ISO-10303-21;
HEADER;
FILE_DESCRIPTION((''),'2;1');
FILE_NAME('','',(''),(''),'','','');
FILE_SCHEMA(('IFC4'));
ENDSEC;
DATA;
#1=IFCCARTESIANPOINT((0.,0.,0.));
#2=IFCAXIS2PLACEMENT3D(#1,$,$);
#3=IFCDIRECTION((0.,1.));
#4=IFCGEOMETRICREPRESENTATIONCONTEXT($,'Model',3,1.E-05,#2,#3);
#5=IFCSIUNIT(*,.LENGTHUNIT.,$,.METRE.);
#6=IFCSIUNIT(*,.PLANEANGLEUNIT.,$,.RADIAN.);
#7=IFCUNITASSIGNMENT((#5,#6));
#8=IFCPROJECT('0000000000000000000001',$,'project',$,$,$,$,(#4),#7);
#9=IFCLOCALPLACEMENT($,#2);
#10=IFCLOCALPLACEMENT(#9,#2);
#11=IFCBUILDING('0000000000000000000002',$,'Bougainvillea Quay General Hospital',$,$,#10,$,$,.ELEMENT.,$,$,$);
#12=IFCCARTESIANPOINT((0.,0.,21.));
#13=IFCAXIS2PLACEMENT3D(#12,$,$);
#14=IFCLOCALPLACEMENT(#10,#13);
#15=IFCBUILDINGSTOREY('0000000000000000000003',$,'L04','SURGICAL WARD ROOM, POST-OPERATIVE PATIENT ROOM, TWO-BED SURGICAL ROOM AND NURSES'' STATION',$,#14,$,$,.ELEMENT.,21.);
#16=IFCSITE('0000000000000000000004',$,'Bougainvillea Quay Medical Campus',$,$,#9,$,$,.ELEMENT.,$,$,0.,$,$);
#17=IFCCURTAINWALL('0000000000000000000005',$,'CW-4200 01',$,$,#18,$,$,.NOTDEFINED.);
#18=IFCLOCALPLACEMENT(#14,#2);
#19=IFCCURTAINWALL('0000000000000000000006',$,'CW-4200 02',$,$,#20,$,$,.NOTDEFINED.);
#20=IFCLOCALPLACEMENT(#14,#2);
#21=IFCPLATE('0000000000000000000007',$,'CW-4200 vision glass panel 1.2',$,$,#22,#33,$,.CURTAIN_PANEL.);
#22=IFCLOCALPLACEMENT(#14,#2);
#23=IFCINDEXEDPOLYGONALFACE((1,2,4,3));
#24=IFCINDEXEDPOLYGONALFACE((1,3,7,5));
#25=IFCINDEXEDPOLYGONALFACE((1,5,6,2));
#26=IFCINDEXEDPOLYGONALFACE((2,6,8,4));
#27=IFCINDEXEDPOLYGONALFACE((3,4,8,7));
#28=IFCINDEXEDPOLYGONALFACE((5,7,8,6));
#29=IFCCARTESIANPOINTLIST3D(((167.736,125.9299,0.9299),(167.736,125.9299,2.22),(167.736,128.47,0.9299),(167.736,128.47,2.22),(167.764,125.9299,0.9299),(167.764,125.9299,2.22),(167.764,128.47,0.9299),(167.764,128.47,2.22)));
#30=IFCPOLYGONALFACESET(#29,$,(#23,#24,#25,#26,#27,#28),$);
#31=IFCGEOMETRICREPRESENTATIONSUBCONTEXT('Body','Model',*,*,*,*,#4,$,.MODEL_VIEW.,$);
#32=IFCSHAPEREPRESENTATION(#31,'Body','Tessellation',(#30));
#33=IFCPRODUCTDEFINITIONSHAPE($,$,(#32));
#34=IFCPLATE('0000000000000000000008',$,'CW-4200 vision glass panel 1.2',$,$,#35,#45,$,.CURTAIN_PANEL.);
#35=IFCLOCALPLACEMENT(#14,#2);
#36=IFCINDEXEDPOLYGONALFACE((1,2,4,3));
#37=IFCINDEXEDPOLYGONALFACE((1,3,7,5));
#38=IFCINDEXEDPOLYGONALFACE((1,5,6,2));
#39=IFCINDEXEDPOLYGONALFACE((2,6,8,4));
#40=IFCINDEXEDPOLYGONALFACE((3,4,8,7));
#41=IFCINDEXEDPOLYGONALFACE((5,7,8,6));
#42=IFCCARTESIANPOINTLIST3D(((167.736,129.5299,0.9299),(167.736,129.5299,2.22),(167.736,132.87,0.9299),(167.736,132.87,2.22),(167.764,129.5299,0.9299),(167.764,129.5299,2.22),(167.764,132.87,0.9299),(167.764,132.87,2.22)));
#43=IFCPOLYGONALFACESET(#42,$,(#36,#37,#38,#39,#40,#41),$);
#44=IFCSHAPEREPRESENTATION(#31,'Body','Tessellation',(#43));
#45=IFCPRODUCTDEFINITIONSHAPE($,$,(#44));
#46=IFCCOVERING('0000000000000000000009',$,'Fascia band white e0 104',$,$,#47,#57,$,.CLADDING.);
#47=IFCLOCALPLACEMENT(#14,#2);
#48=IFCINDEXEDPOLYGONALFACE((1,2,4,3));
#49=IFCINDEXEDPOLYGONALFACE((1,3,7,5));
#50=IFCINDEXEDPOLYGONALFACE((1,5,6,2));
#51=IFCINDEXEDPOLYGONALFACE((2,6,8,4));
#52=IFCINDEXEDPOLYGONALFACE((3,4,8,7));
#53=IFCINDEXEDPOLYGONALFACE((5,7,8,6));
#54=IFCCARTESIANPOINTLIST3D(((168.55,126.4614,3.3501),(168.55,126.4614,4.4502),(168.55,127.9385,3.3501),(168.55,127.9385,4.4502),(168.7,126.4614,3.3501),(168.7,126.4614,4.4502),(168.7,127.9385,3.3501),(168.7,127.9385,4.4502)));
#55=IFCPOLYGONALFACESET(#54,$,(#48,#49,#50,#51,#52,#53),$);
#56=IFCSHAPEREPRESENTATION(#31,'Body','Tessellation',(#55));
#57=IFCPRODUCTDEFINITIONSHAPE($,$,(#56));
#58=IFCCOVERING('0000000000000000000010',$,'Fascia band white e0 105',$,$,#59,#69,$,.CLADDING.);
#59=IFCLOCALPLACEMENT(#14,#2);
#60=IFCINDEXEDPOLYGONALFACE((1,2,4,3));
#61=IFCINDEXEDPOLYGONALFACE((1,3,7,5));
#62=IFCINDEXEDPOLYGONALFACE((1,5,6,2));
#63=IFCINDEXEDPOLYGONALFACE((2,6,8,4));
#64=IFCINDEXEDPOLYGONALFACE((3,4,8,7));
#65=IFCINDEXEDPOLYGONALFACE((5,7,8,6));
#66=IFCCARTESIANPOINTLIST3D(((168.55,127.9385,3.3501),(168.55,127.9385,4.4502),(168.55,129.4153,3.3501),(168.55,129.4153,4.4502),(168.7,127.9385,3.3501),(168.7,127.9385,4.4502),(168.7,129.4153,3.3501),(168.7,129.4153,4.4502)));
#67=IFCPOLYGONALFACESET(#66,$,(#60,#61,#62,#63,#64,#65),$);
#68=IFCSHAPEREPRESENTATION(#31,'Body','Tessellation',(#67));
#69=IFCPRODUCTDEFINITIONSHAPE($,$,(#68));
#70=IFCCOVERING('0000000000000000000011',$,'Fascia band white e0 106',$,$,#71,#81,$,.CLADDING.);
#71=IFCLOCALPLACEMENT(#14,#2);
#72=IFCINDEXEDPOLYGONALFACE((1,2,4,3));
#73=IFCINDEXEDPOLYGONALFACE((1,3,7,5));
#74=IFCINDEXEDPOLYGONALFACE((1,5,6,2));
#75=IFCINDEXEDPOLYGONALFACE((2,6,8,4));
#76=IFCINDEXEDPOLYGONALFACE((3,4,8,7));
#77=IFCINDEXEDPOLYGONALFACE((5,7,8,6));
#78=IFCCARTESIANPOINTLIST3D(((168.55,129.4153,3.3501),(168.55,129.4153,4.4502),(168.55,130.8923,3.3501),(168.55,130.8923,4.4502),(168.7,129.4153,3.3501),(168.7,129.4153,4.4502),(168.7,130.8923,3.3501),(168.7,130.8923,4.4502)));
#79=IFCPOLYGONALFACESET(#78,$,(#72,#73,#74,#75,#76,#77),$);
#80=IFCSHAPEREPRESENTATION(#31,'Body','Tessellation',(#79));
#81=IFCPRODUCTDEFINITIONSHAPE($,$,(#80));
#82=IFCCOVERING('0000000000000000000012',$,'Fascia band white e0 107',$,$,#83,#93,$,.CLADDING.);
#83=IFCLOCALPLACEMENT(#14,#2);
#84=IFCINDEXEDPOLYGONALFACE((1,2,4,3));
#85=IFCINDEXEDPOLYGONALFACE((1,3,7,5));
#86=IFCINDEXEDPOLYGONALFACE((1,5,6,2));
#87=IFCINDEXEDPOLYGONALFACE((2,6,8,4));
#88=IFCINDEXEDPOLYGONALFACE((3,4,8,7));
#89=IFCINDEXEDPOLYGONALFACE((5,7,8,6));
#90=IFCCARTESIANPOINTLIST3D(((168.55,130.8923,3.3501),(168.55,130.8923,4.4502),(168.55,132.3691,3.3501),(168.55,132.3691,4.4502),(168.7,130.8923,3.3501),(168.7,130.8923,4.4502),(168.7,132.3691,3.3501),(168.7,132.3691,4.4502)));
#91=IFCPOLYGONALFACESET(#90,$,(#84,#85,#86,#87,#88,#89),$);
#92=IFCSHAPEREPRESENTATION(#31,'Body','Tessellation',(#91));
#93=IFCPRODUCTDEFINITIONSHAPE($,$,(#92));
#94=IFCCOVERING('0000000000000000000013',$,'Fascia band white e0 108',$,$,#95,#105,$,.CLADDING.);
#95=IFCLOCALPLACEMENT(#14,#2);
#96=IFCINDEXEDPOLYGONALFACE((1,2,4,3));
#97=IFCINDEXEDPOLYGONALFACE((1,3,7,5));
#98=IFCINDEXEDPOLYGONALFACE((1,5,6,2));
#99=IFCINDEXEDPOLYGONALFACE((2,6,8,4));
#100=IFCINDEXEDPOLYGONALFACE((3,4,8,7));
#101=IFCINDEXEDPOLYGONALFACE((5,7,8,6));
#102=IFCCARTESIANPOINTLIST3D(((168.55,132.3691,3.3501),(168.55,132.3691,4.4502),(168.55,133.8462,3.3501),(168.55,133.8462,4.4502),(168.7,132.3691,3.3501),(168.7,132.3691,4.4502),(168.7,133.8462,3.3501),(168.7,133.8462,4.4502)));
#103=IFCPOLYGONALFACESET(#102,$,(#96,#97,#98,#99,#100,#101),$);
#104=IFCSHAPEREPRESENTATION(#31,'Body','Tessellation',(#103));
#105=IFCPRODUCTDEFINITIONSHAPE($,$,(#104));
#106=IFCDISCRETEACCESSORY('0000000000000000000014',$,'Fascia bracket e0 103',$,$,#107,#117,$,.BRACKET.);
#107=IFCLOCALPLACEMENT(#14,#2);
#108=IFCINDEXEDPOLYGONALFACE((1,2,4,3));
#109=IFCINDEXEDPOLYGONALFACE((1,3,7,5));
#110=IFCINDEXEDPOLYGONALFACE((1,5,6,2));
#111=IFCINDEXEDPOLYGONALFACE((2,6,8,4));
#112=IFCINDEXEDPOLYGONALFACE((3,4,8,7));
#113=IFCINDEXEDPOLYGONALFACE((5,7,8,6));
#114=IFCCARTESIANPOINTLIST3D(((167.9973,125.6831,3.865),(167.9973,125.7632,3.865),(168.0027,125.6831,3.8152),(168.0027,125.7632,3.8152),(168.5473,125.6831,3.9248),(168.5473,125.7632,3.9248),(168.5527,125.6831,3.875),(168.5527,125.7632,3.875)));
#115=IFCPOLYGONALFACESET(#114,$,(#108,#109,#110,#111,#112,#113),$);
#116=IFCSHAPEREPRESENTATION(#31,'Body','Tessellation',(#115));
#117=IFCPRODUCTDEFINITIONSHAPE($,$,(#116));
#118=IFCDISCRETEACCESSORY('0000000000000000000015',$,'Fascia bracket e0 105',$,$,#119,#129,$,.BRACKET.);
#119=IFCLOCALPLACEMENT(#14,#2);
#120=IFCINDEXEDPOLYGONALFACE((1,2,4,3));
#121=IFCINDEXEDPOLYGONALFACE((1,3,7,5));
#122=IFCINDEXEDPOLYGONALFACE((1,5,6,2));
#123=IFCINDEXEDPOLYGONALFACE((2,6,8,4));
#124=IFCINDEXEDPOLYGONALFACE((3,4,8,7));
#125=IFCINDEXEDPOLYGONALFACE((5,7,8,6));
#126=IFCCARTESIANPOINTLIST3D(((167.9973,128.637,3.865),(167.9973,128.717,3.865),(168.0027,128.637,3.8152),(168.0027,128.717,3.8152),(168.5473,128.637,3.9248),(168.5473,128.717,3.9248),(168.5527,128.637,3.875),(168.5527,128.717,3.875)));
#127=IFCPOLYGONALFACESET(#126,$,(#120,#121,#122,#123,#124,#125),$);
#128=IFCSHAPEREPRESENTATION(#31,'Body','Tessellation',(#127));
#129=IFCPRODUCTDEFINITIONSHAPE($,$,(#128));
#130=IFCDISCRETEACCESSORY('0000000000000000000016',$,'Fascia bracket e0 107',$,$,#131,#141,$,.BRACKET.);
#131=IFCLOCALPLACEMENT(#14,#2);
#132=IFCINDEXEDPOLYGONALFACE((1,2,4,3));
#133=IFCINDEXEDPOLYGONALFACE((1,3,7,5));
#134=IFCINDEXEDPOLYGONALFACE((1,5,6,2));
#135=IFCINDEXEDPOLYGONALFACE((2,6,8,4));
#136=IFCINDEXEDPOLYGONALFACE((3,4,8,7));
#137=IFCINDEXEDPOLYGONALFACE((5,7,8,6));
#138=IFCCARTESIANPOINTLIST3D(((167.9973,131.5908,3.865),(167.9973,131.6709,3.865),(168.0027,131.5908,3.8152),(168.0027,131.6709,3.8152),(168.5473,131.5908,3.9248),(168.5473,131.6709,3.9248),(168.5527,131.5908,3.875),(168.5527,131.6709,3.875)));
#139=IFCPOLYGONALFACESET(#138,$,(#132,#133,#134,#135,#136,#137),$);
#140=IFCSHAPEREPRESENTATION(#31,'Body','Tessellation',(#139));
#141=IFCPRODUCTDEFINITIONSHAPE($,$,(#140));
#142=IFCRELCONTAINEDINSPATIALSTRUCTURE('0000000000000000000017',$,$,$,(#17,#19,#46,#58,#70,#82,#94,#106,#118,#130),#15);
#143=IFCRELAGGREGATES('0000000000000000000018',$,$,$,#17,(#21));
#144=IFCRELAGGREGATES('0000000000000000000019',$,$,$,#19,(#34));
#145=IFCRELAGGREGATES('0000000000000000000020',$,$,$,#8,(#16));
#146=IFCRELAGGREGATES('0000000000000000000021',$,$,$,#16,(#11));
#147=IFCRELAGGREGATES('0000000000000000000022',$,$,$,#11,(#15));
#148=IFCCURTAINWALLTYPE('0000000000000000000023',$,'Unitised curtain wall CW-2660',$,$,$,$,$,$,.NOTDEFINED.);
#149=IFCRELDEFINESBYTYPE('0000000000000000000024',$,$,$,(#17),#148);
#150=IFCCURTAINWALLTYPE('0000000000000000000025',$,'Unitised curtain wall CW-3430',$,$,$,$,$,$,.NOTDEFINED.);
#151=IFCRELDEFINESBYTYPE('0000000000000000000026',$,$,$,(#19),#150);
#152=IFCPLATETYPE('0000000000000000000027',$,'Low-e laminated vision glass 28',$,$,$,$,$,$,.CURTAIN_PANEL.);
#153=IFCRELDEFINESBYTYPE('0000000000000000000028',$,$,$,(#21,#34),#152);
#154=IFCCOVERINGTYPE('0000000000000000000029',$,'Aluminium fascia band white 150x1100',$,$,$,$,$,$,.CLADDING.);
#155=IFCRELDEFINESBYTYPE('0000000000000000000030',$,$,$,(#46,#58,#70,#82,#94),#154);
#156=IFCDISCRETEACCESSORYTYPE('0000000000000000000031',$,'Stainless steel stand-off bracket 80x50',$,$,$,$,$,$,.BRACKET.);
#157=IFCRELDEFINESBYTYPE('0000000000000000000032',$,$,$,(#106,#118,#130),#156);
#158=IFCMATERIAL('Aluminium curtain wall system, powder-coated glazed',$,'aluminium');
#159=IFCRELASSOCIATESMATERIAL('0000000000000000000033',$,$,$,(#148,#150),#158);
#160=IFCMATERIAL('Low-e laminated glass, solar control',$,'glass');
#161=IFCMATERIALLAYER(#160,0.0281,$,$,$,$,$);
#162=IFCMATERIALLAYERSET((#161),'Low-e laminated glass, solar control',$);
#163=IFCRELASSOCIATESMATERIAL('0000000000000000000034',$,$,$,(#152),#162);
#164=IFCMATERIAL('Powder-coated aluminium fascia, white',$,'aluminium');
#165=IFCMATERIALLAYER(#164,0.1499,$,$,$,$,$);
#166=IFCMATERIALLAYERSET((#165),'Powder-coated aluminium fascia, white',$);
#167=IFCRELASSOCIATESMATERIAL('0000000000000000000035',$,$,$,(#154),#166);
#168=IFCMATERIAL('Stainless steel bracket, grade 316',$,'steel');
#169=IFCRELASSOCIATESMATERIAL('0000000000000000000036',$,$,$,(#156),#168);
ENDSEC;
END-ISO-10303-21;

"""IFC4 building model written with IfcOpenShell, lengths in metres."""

from ifc_helpers import new_model, si_unit, direction, frame, origin, origin_2d, place, context, subcontext, project, spatial, polyline, rectangle, outline, extrude, material, layer, layer_set, material_profile, profile_set, type_object, element, aggregate, save


model = new_model("IFC4")

# Units and contexts
model_context = context("Model", 3, precision=1e-05, world=origin(), true_north=direction((0.0, 1.0)))
body_context = subcontext(model_context, "Body", "Model", "MODEL_VIEW")
ifc_project = project(units=[si_unit("LENGTHUNIT", "METRE"), si_unit("PLANEANGLEUNIT", "RADIAN")], contexts=[model_context])

# Site, building, storey
site_placement = place(None, origin())
site = spatial("IfcSite", under=ifc_project, at=site_placement, Name="Bougainvillea Quay Medical Campus", CompositionType="ELEMENT", RefElevation=0.0)
building_placement = place(site_placement, origin())
building = spatial("IfcBuilding", under=site, at=building_placement, Name="Bougainvillea Quay General Hospital", CompositionType="ELEMENT")
storey_placement = place(building_placement, frame((0.0, 0.0, 21.0)))
storey = spatial("IfcBuildingStorey", under=building, at=storey_placement, Name="L04", Description="SURGICAL WARD ROOM, POST-OPERATIVE PATIENT ROOM, TWO-BED SURGICAL ROOM AND NURSES' STATION", CompositionType="ELEMENT", Elevation=21.0)

# Curtain wall
ifc_material_1 = material(Name="Aluminium curtain wall system, powder-coated glazed", Category="aluminium")
curtain_wall_type_1 = type_object("IfcCurtainWallType", Name="Unitised curtain wall CW-2660", PredefinedType="NOTDEFINED", material=ifc_material_1)
curtain_wall_1_placement = place(storey_placement, origin())
curtain_wall_1 = element("IfcCurtainWall", 1, at=curtain_wall_1_placement, inside=storey, type_object=curtain_wall_type_1, Name="CW-4200 01", PredefinedType="NOTDEFINED")

# Curtain wall
curtain_wall_type_2 = type_object("IfcCurtainWallType", Name="Unitised curtain wall CW-3430", PredefinedType="NOTDEFINED", material=ifc_material_1)
curtain_wall_2_placement = place(storey_placement, origin())
curtain_wall_2 = element("IfcCurtainWall", 2, at=curtain_wall_2_placement, inside=storey, type_object=curtain_wall_type_2, Name="CW-4200 02", PredefinedType="NOTDEFINED")

# Plates
ifc_material_2 = material(Name="Low-e laminated glass, solar control", Category="glass")
ifc_layer_1 = layer(ifc_material_2, 0.0281)
ifc_layer_set_1 = layer_set([ifc_layer_1], Name="Low-e laminated glass, solar control")
plate_type_1 = type_object("IfcPlateType", Name="Low-e laminated vision glass 28", PredefinedType="CURTAIN_PANEL", material=ifc_layer_set_1)
plate_1_placement = place(storey_placement, frame((167.75, 127.2, 0.9299), z_axis=(0.0, 0.0, 1.0), x_axis=(0.0, 1.0, 0.0)))
plate_1 = element("IfcPlate", 3, at=plate_1_placement, type_object=plate_type_1, Name="CW-4200 vision glass panel 1.2", PredefinedType="CURTAIN_PANEL", context=body_context, shape_type="SweptSolid", body=[
    extrude(rectangle(XDim=2.54, YDim=0.0281, at=origin_2d()), origin(), (0.0, 0.0, 1.0), 1.29),
])
aggregate(curtain_wall_1, [plate_1])
plate_2_placement = place(storey_placement, frame((167.75, 131.2, 0.9299), z_axis=(0.0, 0.0, 1.0), x_axis=(0.0, 1.0, 0.0)))
plate_2 = element("IfcPlate", 4, at=plate_2_placement, type_object=plate_type_1, Name="CW-4200 vision glass panel 1.2", PredefinedType="CURTAIN_PANEL", context=body_context, shape_type="SweptSolid", body=[
    extrude(rectangle(XDim=3.3401, YDim=0.0281, at=origin_2d()), origin(), (0.0, 0.0, 1.0), 1.29),
])
aggregate(curtain_wall_2, [plate_2])

# Coverings
ifc_material_3 = material(Name="Powder-coated aluminium fascia, white", Category="aluminium")
ifc_layer_2 = layer(ifc_material_3, 0.1499)
ifc_layer_set_2 = layer_set([ifc_layer_2], Name="Powder-coated aluminium fascia, white")
covering_type = type_object("IfcCoveringType", Name="Aluminium fascia band white 150x1100", PredefinedType="CLADDING", material=ifc_layer_set_2)
covering_1_placement = place(storey_placement, frame((168.55, 126.4614, 3.3501), z_axis=(0.0, 0.0, 1.0), x_axis=(0.0, 1.0, 0.0)))
element("IfcCovering", 5, at=covering_1_placement, inside=storey, type_object=covering_type, Name="Fascia band white e0 104", PredefinedType="CLADDING", context=body_context, shape_type="SweptSolid", body=[
    extrude(outline(polyline([(0.0, 0.0), (1.4771, 0.0), (1.4771, -0.1499), (0.0, -0.1499), (0.0, 0.0)])), origin(), (0.0, 0.0, 1.0), 1.1001),
])
covering_2_placement = place(storey_placement, frame((168.55, 127.9385, 3.3501), z_axis=(0.0, 0.0, 1.0), x_axis=(0.0, 1.0, 0.0)))
element("IfcCovering", 6, at=covering_2_placement, inside=storey, type_object=covering_type, Name="Fascia band white e0 105", PredefinedType="CLADDING", context=body_context, shape_type="SweptSolid", body=[
    extrude(outline(polyline([(0.0, 0.0), (1.4768, 0.0), (1.4768, -0.1499), (0.0, -0.1499), (0.0, 0.0)])), origin(), (0.0, 0.0, 1.0), 1.1001),
])
covering_3_placement = place(storey_placement, frame((168.55, 129.4153, 3.3501), z_axis=(0.0, 0.0, 1.0), x_axis=(0.0, 1.0, 0.0)))
element("IfcCovering", 7, at=covering_3_placement, inside=storey, type_object=covering_type, Name="Fascia band white e0 106", PredefinedType="CLADDING", context=body_context, shape_type="SweptSolid", body=[
    extrude(outline(polyline([(0.0, 0.0), (1.4771, 0.0), (1.4771, -0.1499), (0.0, -0.1499), (0.0, 0.0)])), origin(), (0.0, 0.0, 1.0), 1.1001),
])
covering_4_placement = place(storey_placement, frame((168.55, 130.8923, 3.3501), z_axis=(0.0, 0.0, 1.0), x_axis=(0.0, 1.0, 0.0)))
element("IfcCovering", 8, at=covering_4_placement, inside=storey, type_object=covering_type, Name="Fascia band white e0 107", PredefinedType="CLADDING", context=body_context, shape_type="SweptSolid", body=[
    extrude(outline(polyline([(0.0, 0.0), (1.4768, 0.0), (1.4768, -0.1499), (0.0, -0.1499), (0.0, 0.0)])), origin(), (0.0, 0.0, 1.0), 1.1001),
])
covering_5_placement = place(storey_placement, frame((168.55, 132.3691, 3.3501), z_axis=(0.0, 0.0, 1.0), x_axis=(0.0, 1.0, 0.0)))
element("IfcCovering", 9, at=covering_5_placement, inside=storey, type_object=covering_type, Name="Fascia band white e0 108", PredefinedType="CLADDING", context=body_context, shape_type="SweptSolid", body=[
    extrude(outline(polyline([(0.0, 0.0), (1.4771, 0.0), (1.4771, -0.1499), (0.0, -0.1499), (0.0, 0.0)])), origin(), (0.0, 0.0, 1.0), 1.1001),
])

# Discrete accessories
ifc_material_4 = material(Name="Stainless steel bracket, grade 316", Category="steel")
ifc_material_profile_1 = material_profile(ifc_material_4, rectangle(XDim=0.0801, YDim=0.05, at=origin_2d()))
ifc_profile_set_1 = profile_set([ifc_material_profile_1], Name="Stainless steel bracket, grade 316")
discrete_accessory_type = type_object("IfcDiscreteAccessoryType", Name="Stainless steel stand-off bracket 80x50", PredefinedType="BRACKET", material=ifc_profile_set_1)
for number, where, z_axis, x_axis, name in (
    (10, (168.0, 125.7231, 3.8401), (0.994139, 0.0, 0.108107), (0.0, 1.0, 0.0), "Fascia bracket e0 103"),
    (11, (168.0, 128.677, 3.8401), (0.994139, 0.0, 0.108107), (0.0, 1.0, 0.0), "Fascia bracket e0 105"),
    (12, (168.0, 131.6309, 3.8401), (0.994139, 0.0, 0.108107), (0.0, 1.0, 0.0), "Fascia bracket e0 107"),
):
    element("IfcDiscreteAccessory", number, at=place(storey_placement, frame(where, z_axis=z_axis, x_axis=x_axis)), inside=storey, type_object=discrete_accessory_type, Name=name, PredefinedType="BRACKET", context=body_context, shape_type="SweptSolid", body=[
        extrude(rectangle(XDim=0.0801, YDim=0.05, at=origin_2d()), origin(), (0.0, 0.0, 1.0), 0.5532),
    ])

save(model, "model.ifc")
